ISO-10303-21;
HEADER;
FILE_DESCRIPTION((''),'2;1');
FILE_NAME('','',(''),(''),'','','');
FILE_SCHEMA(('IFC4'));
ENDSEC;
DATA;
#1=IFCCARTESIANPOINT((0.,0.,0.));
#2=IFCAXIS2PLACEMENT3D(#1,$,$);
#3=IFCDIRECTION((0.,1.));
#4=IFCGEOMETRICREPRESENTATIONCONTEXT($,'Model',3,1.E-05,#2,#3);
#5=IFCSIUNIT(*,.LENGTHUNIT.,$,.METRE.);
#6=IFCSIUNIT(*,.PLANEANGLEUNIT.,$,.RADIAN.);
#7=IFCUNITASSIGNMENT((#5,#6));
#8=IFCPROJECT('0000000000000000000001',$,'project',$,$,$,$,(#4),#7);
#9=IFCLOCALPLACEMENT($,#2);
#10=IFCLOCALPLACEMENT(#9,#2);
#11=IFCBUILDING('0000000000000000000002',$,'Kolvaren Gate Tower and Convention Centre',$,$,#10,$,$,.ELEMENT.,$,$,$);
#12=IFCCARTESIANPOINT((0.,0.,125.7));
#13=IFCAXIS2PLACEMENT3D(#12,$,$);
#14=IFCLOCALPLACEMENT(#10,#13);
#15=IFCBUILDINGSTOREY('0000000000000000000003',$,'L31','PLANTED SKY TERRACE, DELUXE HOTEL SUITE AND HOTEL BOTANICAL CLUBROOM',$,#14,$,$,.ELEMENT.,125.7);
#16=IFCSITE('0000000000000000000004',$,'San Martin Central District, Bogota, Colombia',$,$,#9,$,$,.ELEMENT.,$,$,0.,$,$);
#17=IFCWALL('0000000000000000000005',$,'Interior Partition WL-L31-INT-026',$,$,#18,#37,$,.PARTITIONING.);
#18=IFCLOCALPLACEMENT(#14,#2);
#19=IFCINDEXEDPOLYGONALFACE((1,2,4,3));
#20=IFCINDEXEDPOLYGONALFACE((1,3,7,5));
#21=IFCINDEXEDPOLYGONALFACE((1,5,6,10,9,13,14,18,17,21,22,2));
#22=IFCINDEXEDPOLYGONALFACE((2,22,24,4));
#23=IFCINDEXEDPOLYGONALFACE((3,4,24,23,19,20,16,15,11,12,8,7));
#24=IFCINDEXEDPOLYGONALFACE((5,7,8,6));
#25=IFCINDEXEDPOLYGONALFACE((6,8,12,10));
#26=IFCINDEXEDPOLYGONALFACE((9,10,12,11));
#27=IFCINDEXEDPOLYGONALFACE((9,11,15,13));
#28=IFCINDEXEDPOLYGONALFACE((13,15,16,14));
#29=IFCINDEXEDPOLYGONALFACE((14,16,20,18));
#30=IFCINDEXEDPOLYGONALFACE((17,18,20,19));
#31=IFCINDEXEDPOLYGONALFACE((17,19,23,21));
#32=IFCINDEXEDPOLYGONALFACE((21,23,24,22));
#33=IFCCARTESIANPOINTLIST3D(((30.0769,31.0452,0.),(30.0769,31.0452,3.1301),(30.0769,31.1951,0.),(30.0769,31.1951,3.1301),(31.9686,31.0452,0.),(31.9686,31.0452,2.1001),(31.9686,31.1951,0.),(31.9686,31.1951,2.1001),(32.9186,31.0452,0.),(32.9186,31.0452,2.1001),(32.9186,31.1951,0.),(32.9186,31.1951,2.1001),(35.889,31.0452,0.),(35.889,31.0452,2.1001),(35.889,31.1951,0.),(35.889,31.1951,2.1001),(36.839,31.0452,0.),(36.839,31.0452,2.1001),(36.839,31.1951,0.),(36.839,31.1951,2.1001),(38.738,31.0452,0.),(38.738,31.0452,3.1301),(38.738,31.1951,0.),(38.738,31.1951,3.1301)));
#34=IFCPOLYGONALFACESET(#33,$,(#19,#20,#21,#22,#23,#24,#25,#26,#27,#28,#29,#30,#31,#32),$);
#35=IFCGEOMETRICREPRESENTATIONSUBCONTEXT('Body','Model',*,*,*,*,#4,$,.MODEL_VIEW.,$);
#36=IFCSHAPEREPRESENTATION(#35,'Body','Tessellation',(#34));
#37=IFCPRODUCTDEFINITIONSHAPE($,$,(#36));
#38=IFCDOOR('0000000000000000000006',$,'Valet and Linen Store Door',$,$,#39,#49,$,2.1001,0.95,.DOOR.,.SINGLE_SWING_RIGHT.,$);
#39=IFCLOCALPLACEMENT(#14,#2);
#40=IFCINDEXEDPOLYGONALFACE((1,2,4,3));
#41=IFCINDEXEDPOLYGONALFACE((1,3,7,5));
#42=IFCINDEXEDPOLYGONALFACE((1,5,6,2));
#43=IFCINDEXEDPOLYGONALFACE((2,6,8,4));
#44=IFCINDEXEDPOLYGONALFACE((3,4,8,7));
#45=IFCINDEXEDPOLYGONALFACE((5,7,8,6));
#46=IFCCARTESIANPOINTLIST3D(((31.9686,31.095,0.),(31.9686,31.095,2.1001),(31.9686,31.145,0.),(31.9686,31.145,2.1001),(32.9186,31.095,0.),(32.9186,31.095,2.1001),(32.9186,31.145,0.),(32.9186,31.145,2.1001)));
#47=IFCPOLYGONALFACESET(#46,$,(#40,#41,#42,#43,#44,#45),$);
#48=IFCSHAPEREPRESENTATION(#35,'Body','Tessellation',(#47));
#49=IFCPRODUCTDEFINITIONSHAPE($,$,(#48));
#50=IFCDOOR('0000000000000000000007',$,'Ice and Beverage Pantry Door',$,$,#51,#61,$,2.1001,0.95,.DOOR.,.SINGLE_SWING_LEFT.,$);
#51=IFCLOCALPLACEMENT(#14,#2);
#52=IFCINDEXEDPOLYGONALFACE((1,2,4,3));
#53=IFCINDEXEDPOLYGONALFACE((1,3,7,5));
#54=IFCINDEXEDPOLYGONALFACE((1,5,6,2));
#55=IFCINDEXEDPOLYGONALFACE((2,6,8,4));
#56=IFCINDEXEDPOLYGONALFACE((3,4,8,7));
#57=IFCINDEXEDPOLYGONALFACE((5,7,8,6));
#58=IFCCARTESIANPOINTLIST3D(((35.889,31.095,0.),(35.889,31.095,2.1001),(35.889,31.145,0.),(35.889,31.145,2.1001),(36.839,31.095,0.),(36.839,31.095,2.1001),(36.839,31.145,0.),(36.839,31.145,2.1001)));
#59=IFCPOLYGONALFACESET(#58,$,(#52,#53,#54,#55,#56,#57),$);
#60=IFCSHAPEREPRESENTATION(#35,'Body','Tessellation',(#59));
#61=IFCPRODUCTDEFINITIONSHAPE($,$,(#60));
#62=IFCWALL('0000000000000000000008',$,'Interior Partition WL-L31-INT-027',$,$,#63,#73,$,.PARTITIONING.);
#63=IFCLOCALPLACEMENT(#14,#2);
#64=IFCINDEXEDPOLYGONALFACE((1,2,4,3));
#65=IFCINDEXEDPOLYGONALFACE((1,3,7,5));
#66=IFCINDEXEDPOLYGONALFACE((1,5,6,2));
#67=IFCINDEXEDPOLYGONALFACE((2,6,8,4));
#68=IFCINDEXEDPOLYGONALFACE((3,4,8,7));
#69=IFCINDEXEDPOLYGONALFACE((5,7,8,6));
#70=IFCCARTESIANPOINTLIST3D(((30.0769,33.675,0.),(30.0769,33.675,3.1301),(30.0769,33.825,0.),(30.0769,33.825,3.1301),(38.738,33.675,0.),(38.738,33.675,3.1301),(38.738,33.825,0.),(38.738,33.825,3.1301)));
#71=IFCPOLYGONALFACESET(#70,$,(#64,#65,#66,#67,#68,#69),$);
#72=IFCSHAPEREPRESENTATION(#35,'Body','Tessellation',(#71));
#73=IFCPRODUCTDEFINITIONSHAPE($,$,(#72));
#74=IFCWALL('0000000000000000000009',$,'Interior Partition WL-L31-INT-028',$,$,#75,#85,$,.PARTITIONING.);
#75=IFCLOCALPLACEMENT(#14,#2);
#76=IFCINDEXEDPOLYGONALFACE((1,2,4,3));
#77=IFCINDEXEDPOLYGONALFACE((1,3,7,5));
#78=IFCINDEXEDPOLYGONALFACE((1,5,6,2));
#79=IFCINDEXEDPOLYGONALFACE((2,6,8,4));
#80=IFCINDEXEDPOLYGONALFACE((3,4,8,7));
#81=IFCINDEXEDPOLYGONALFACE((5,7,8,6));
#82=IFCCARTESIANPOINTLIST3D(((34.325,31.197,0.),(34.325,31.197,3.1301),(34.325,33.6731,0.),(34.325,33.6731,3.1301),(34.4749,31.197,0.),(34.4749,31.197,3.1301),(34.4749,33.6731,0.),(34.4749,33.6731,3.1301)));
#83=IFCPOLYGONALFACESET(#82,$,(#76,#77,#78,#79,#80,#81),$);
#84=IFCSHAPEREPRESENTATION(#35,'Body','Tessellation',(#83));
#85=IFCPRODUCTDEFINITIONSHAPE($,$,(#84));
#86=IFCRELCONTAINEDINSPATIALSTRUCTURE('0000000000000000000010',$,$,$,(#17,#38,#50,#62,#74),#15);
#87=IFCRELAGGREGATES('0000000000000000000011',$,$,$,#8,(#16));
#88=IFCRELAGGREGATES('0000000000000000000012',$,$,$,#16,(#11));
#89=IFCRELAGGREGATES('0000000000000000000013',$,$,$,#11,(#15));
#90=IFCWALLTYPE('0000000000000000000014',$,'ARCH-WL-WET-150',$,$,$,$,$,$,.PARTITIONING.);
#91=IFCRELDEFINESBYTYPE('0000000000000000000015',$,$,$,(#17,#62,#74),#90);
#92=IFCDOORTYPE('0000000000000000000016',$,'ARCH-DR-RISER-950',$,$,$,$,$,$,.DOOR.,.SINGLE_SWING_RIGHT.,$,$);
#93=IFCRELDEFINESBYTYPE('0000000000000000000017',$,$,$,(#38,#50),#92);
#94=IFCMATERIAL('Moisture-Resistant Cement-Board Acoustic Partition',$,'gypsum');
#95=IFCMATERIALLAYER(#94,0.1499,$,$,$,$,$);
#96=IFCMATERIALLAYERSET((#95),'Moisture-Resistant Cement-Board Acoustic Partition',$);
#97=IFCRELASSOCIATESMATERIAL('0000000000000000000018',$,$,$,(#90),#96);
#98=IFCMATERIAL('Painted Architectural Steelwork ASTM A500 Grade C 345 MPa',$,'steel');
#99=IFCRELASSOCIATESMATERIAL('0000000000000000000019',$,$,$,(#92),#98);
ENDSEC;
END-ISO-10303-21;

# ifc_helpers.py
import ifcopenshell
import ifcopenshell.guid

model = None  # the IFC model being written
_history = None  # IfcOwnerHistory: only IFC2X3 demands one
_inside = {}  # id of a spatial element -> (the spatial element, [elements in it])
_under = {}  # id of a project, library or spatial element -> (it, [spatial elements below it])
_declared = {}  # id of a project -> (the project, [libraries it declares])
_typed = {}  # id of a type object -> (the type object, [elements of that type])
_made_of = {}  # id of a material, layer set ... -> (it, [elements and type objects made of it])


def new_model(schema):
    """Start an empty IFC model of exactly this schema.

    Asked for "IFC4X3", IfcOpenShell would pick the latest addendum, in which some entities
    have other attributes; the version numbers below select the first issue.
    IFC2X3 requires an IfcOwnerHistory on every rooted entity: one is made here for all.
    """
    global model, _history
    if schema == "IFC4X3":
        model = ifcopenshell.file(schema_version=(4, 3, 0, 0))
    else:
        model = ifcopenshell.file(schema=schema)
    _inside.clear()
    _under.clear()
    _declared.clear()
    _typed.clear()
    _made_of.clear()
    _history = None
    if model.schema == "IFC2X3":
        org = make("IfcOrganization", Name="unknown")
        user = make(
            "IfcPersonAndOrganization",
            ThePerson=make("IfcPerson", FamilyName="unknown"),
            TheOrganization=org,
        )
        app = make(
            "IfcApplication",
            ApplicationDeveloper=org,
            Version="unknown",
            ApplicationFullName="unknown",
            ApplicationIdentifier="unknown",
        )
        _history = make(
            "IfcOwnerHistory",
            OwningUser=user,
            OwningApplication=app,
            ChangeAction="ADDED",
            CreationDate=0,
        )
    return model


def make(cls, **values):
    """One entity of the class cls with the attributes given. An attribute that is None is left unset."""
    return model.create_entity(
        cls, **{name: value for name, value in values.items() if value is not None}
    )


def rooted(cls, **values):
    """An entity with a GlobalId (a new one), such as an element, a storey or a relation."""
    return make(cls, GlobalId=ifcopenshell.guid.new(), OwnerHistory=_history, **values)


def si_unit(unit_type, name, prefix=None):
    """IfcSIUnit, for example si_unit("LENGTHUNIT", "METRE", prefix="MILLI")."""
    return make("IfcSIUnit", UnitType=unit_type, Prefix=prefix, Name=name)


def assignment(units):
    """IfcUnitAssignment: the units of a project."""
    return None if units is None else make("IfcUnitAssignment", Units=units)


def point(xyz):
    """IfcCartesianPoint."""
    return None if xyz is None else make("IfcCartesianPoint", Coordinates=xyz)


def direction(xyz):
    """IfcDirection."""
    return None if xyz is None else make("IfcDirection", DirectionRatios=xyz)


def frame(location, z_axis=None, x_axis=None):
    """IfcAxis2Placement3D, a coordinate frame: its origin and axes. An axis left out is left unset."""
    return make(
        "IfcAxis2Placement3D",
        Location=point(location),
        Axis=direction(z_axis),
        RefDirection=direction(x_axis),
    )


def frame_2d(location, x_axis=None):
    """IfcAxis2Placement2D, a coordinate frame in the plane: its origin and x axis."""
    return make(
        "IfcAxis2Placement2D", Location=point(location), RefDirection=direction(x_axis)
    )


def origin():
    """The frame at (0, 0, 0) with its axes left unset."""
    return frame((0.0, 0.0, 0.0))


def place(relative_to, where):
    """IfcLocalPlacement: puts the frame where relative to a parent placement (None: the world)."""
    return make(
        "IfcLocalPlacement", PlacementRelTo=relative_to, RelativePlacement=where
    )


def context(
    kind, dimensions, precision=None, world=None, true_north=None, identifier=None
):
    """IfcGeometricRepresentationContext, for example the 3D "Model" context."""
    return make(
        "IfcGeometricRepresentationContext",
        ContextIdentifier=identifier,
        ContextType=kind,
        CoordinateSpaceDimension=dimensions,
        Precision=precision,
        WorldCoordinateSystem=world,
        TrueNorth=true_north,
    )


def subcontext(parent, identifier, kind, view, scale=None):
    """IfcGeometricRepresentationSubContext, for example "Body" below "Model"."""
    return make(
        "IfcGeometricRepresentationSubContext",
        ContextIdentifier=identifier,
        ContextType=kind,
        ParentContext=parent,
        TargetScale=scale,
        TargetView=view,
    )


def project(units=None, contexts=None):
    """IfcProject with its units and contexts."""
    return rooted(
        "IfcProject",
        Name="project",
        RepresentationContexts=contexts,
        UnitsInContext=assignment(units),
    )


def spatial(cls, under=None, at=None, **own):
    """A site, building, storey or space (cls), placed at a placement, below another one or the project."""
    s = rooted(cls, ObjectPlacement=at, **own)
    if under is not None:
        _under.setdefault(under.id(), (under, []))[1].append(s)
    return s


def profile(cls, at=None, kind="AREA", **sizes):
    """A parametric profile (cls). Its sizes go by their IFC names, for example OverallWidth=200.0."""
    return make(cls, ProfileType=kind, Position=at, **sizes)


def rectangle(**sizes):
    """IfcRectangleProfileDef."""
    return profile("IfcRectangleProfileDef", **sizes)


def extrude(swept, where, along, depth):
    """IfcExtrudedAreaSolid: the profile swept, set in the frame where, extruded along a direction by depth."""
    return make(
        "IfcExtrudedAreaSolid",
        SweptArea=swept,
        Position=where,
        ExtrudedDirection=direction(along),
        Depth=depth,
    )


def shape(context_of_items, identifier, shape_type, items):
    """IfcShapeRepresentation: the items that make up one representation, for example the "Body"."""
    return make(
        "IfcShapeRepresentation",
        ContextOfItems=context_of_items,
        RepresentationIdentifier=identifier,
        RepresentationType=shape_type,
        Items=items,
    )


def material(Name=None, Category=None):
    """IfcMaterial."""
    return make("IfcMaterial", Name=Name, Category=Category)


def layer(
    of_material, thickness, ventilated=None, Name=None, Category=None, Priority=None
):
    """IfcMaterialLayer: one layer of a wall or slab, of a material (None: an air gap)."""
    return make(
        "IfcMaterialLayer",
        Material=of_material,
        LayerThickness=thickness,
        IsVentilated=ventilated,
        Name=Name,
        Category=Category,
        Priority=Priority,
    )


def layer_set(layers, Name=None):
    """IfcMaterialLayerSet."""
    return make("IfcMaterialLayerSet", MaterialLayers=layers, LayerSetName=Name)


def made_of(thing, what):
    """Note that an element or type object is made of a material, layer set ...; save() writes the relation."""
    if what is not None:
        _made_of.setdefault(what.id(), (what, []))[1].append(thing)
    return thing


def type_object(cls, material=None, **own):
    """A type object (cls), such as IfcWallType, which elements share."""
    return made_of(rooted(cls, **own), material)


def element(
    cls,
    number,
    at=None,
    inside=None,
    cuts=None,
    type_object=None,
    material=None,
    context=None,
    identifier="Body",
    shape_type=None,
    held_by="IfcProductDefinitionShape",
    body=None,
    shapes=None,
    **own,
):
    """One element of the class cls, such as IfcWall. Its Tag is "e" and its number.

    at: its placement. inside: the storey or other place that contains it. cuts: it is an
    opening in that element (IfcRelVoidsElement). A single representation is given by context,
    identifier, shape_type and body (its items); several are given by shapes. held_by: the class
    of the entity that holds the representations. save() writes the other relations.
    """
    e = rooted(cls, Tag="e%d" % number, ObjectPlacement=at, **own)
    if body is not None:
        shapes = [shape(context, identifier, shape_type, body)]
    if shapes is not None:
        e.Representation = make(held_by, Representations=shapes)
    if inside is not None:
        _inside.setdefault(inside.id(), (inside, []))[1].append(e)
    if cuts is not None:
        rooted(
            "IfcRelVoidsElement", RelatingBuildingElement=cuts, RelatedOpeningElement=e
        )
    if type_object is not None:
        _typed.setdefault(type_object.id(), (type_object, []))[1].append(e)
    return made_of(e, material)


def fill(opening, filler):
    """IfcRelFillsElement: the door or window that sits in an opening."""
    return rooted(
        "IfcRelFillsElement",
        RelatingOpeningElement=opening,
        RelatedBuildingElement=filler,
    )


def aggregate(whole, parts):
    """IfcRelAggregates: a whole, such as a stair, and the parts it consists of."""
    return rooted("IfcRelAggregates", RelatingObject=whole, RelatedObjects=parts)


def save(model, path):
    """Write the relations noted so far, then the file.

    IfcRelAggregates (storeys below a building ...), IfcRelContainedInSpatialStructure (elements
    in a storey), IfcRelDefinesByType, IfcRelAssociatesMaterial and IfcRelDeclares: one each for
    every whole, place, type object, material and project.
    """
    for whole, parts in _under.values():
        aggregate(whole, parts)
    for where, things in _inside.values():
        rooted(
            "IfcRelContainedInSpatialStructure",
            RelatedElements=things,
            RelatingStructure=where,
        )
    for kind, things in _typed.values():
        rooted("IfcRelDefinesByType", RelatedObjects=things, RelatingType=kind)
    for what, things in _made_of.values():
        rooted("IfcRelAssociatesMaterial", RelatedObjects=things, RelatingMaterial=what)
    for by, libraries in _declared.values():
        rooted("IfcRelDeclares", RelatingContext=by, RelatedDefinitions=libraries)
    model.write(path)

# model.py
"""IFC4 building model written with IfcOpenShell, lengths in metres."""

from ifc_helpers import new_model, si_unit, direction, frame, frame_2d, origin, place, context, subcontext, project, spatial, rectangle, extrude, material, layer, layer_set, type_object, element, fill, save


model = new_model("IFC4")

# Units and contexts
model_context = context("Model", 3, precision=1e-05, world=origin(), true_north=direction((0.0, 1.0)))
body_context = subcontext(model_context, "Body", "Model", "MODEL_VIEW")
ifc_project = project(units=[si_unit("LENGTHUNIT", "METRE"), si_unit("PLANEANGLEUNIT", "RADIAN")], contexts=[model_context])

# Site, building, storey
site_placement = place(None, origin())
site = spatial("IfcSite", under=ifc_project, at=site_placement, Name="San Martin Central District, Bogota, Colombia", CompositionType="ELEMENT", RefElevation=0.0)
building_placement = place(site_placement, origin())
building = spatial("IfcBuilding", under=site, at=building_placement, Name="Kolvaren Gate Tower and Convention Centre", CompositionType="ELEMENT")
storey_placement = place(building_placement, frame((0.0, 0.0, 125.7)))
storey = spatial("IfcBuildingStorey", under=building, at=storey_placement, Name="L31", Description="PLANTED SKY TERRACE, DELUXE HOTEL SUITE AND HOTEL BOTANICAL CLUBROOM", CompositionType="ELEMENT", Elevation=125.7)

# Shared definitions
ifc_material_1 = material(Name="Moisture-Resistant Cement-Board Acoustic Partition", Category="gypsum")
ifc_layer_1 = layer(ifc_material_1, 0.1499)
ifc_layer_set_1 = layer_set([ifc_layer_1], Name="Moisture-Resistant Cement-Board Acoustic Partition")
wall_type_1 = type_object("IfcWallType", Name="ARCH-WL-WET-150", PredefinedType="PARTITIONING", material=ifc_layer_set_1)

# Shared definitions
ifc_material_2 = material(Name="Painted Architectural Steelwork ASTM A500 Grade C 345 MPa", Category="steel")
door_type = type_object("IfcDoorType", Name="ARCH-DR-RISER-950", OperationType="SINGLE_SWING_RIGHT", PredefinedType="DOOR", material=ifc_material_2)

# Wall, openings, doors
wall_1_placement = place(storey_placement, frame((30.0769, 31.1201, 0.0), z_axis=(0.0, 0.0, 1.0), x_axis=(1.0, 0.0, 0.0)))
wall_1 = element("IfcWall", 1, at=wall_1_placement, inside=storey, type_object=wall_type_1, Name="Interior Partition WL-L31-INT-026", PredefinedType="PARTITIONING", context=body_context, shape_type="SweptSolid", body=[
    extrude(rectangle(XDim=8.6611, YDim=0.1499, at=frame_2d((4.3306, 0.0))), origin(), (0.0, 0.0, 1.0), 3.1301),
])
opening_1_placement = place(wall_1_placement, frame((1.8916, 0.0, 0.0)))
opening_1 = element("IfcOpeningElement", 2, at=opening_1_placement, cuts=wall_1, PredefinedType="OPENING", context=body_context, shape_type="SweptSolid", body=[
    extrude(rectangle(XDim=0.95, YDim=2.1001, at=frame_2d((0.4751, 1.05))), frame((0.0, 0.085, 0.0), z_axis=(0.0, -1.0, 0.0), x_axis=(1.0, 0.0, 0.0)), (0.0, 0.0, 1.0), 0.1699),
])
opening_2_placement = place(wall_1_placement, frame((5.812, 0.0, 0.0)))
opening_2 = element("IfcOpeningElement", 3, at=opening_2_placement, cuts=wall_1, PredefinedType="OPENING", context=body_context, shape_type="SweptSolid", body=[
    extrude(rectangle(XDim=0.95, YDim=2.1001, at=frame_2d((0.4751, 1.05))), frame((0.0, 0.085, 0.0), z_axis=(0.0, -1.0, 0.0), x_axis=(1.0, 0.0, 0.0)), (0.0, 0.0, 1.0), 0.1699),
])
door_1_placement = place(opening_1_placement, origin())
door_1 = element("IfcDoor", 4, at=door_1_placement, inside=storey, type_object=door_type, Name="Valet and Linen Store Door", OperationType="SINGLE_SWING_RIGHT", OverallHeight=2.1001, OverallWidth=0.95, PredefinedType="DOOR", context=body_context, shape_type="SweptSolid", body=[
    extrude(rectangle(XDim=0.95, YDim=2.1001, at=frame_2d((0.4751, 1.05))), frame((0.0, 0.0249, 0.0), z_axis=(0.0, -1.0, 0.0), x_axis=(1.0, 0.0, 0.0)), (0.0, 0.0, 1.0), 0.05),
])
fill(opening_1, door_1)
door_2_placement = place(opening_2_placement, origin())
door_2 = element("IfcDoor", 5, at=door_2_placement, inside=storey, type_object=door_type, Name="Ice and Beverage Pantry Door", OperationType="SINGLE_SWING_LEFT", OverallHeight=2.1001, OverallWidth=0.95, PredefinedType="DOOR", context=body_context, shape_type="SweptSolid", body=[
    extrude(rectangle(XDim=0.95, YDim=2.1001, at=frame_2d((0.4751, 1.05))), frame((0.0, 0.0249, 0.0), z_axis=(0.0, -1.0, 0.0), x_axis=(1.0, 0.0, 0.0)), (0.0, 0.0, 1.0), 0.05),
])
fill(opening_2, door_2)

# Walls
wall_2_placement = place(storey_placement, frame((30.0769, 33.75, 0.0), z_axis=(0.0, 0.0, 1.0), x_axis=(1.0, 0.0, 0.0)))
element("IfcWall", 6, at=wall_2_placement, inside=storey, type_object=wall_type_1, Name="Interior Partition WL-L31-INT-027", PredefinedType="PARTITIONING", context=body_context, shape_type="SweptSolid", body=[
    extrude(rectangle(XDim=8.6611, YDim=0.1499, at=frame_2d((4.3306, 0.0))), origin(), (0.0, 0.0, 1.0), 3.1301),
])
wall_3_placement = place(storey_placement, frame((34.3999, 31.197, 0.0), z_axis=(0.0, 0.0, 1.0), x_axis=(0.0, 1.0, 0.0)))
element("IfcWall", 7, at=wall_3_placement, inside=storey, type_object=wall_type_1, Name="Interior Partition WL-L31-INT-028", PredefinedType="PARTITIONING", context=body_context, shape_type="SweptSolid", body=[
    extrude(rectangle(XDim=2.4761, YDim=0.1499, at=frame_2d((1.238, 0.0))), origin(), (0.0, 0.0, 1.0), 3.1301),
])

save(model, "model.ifc")
